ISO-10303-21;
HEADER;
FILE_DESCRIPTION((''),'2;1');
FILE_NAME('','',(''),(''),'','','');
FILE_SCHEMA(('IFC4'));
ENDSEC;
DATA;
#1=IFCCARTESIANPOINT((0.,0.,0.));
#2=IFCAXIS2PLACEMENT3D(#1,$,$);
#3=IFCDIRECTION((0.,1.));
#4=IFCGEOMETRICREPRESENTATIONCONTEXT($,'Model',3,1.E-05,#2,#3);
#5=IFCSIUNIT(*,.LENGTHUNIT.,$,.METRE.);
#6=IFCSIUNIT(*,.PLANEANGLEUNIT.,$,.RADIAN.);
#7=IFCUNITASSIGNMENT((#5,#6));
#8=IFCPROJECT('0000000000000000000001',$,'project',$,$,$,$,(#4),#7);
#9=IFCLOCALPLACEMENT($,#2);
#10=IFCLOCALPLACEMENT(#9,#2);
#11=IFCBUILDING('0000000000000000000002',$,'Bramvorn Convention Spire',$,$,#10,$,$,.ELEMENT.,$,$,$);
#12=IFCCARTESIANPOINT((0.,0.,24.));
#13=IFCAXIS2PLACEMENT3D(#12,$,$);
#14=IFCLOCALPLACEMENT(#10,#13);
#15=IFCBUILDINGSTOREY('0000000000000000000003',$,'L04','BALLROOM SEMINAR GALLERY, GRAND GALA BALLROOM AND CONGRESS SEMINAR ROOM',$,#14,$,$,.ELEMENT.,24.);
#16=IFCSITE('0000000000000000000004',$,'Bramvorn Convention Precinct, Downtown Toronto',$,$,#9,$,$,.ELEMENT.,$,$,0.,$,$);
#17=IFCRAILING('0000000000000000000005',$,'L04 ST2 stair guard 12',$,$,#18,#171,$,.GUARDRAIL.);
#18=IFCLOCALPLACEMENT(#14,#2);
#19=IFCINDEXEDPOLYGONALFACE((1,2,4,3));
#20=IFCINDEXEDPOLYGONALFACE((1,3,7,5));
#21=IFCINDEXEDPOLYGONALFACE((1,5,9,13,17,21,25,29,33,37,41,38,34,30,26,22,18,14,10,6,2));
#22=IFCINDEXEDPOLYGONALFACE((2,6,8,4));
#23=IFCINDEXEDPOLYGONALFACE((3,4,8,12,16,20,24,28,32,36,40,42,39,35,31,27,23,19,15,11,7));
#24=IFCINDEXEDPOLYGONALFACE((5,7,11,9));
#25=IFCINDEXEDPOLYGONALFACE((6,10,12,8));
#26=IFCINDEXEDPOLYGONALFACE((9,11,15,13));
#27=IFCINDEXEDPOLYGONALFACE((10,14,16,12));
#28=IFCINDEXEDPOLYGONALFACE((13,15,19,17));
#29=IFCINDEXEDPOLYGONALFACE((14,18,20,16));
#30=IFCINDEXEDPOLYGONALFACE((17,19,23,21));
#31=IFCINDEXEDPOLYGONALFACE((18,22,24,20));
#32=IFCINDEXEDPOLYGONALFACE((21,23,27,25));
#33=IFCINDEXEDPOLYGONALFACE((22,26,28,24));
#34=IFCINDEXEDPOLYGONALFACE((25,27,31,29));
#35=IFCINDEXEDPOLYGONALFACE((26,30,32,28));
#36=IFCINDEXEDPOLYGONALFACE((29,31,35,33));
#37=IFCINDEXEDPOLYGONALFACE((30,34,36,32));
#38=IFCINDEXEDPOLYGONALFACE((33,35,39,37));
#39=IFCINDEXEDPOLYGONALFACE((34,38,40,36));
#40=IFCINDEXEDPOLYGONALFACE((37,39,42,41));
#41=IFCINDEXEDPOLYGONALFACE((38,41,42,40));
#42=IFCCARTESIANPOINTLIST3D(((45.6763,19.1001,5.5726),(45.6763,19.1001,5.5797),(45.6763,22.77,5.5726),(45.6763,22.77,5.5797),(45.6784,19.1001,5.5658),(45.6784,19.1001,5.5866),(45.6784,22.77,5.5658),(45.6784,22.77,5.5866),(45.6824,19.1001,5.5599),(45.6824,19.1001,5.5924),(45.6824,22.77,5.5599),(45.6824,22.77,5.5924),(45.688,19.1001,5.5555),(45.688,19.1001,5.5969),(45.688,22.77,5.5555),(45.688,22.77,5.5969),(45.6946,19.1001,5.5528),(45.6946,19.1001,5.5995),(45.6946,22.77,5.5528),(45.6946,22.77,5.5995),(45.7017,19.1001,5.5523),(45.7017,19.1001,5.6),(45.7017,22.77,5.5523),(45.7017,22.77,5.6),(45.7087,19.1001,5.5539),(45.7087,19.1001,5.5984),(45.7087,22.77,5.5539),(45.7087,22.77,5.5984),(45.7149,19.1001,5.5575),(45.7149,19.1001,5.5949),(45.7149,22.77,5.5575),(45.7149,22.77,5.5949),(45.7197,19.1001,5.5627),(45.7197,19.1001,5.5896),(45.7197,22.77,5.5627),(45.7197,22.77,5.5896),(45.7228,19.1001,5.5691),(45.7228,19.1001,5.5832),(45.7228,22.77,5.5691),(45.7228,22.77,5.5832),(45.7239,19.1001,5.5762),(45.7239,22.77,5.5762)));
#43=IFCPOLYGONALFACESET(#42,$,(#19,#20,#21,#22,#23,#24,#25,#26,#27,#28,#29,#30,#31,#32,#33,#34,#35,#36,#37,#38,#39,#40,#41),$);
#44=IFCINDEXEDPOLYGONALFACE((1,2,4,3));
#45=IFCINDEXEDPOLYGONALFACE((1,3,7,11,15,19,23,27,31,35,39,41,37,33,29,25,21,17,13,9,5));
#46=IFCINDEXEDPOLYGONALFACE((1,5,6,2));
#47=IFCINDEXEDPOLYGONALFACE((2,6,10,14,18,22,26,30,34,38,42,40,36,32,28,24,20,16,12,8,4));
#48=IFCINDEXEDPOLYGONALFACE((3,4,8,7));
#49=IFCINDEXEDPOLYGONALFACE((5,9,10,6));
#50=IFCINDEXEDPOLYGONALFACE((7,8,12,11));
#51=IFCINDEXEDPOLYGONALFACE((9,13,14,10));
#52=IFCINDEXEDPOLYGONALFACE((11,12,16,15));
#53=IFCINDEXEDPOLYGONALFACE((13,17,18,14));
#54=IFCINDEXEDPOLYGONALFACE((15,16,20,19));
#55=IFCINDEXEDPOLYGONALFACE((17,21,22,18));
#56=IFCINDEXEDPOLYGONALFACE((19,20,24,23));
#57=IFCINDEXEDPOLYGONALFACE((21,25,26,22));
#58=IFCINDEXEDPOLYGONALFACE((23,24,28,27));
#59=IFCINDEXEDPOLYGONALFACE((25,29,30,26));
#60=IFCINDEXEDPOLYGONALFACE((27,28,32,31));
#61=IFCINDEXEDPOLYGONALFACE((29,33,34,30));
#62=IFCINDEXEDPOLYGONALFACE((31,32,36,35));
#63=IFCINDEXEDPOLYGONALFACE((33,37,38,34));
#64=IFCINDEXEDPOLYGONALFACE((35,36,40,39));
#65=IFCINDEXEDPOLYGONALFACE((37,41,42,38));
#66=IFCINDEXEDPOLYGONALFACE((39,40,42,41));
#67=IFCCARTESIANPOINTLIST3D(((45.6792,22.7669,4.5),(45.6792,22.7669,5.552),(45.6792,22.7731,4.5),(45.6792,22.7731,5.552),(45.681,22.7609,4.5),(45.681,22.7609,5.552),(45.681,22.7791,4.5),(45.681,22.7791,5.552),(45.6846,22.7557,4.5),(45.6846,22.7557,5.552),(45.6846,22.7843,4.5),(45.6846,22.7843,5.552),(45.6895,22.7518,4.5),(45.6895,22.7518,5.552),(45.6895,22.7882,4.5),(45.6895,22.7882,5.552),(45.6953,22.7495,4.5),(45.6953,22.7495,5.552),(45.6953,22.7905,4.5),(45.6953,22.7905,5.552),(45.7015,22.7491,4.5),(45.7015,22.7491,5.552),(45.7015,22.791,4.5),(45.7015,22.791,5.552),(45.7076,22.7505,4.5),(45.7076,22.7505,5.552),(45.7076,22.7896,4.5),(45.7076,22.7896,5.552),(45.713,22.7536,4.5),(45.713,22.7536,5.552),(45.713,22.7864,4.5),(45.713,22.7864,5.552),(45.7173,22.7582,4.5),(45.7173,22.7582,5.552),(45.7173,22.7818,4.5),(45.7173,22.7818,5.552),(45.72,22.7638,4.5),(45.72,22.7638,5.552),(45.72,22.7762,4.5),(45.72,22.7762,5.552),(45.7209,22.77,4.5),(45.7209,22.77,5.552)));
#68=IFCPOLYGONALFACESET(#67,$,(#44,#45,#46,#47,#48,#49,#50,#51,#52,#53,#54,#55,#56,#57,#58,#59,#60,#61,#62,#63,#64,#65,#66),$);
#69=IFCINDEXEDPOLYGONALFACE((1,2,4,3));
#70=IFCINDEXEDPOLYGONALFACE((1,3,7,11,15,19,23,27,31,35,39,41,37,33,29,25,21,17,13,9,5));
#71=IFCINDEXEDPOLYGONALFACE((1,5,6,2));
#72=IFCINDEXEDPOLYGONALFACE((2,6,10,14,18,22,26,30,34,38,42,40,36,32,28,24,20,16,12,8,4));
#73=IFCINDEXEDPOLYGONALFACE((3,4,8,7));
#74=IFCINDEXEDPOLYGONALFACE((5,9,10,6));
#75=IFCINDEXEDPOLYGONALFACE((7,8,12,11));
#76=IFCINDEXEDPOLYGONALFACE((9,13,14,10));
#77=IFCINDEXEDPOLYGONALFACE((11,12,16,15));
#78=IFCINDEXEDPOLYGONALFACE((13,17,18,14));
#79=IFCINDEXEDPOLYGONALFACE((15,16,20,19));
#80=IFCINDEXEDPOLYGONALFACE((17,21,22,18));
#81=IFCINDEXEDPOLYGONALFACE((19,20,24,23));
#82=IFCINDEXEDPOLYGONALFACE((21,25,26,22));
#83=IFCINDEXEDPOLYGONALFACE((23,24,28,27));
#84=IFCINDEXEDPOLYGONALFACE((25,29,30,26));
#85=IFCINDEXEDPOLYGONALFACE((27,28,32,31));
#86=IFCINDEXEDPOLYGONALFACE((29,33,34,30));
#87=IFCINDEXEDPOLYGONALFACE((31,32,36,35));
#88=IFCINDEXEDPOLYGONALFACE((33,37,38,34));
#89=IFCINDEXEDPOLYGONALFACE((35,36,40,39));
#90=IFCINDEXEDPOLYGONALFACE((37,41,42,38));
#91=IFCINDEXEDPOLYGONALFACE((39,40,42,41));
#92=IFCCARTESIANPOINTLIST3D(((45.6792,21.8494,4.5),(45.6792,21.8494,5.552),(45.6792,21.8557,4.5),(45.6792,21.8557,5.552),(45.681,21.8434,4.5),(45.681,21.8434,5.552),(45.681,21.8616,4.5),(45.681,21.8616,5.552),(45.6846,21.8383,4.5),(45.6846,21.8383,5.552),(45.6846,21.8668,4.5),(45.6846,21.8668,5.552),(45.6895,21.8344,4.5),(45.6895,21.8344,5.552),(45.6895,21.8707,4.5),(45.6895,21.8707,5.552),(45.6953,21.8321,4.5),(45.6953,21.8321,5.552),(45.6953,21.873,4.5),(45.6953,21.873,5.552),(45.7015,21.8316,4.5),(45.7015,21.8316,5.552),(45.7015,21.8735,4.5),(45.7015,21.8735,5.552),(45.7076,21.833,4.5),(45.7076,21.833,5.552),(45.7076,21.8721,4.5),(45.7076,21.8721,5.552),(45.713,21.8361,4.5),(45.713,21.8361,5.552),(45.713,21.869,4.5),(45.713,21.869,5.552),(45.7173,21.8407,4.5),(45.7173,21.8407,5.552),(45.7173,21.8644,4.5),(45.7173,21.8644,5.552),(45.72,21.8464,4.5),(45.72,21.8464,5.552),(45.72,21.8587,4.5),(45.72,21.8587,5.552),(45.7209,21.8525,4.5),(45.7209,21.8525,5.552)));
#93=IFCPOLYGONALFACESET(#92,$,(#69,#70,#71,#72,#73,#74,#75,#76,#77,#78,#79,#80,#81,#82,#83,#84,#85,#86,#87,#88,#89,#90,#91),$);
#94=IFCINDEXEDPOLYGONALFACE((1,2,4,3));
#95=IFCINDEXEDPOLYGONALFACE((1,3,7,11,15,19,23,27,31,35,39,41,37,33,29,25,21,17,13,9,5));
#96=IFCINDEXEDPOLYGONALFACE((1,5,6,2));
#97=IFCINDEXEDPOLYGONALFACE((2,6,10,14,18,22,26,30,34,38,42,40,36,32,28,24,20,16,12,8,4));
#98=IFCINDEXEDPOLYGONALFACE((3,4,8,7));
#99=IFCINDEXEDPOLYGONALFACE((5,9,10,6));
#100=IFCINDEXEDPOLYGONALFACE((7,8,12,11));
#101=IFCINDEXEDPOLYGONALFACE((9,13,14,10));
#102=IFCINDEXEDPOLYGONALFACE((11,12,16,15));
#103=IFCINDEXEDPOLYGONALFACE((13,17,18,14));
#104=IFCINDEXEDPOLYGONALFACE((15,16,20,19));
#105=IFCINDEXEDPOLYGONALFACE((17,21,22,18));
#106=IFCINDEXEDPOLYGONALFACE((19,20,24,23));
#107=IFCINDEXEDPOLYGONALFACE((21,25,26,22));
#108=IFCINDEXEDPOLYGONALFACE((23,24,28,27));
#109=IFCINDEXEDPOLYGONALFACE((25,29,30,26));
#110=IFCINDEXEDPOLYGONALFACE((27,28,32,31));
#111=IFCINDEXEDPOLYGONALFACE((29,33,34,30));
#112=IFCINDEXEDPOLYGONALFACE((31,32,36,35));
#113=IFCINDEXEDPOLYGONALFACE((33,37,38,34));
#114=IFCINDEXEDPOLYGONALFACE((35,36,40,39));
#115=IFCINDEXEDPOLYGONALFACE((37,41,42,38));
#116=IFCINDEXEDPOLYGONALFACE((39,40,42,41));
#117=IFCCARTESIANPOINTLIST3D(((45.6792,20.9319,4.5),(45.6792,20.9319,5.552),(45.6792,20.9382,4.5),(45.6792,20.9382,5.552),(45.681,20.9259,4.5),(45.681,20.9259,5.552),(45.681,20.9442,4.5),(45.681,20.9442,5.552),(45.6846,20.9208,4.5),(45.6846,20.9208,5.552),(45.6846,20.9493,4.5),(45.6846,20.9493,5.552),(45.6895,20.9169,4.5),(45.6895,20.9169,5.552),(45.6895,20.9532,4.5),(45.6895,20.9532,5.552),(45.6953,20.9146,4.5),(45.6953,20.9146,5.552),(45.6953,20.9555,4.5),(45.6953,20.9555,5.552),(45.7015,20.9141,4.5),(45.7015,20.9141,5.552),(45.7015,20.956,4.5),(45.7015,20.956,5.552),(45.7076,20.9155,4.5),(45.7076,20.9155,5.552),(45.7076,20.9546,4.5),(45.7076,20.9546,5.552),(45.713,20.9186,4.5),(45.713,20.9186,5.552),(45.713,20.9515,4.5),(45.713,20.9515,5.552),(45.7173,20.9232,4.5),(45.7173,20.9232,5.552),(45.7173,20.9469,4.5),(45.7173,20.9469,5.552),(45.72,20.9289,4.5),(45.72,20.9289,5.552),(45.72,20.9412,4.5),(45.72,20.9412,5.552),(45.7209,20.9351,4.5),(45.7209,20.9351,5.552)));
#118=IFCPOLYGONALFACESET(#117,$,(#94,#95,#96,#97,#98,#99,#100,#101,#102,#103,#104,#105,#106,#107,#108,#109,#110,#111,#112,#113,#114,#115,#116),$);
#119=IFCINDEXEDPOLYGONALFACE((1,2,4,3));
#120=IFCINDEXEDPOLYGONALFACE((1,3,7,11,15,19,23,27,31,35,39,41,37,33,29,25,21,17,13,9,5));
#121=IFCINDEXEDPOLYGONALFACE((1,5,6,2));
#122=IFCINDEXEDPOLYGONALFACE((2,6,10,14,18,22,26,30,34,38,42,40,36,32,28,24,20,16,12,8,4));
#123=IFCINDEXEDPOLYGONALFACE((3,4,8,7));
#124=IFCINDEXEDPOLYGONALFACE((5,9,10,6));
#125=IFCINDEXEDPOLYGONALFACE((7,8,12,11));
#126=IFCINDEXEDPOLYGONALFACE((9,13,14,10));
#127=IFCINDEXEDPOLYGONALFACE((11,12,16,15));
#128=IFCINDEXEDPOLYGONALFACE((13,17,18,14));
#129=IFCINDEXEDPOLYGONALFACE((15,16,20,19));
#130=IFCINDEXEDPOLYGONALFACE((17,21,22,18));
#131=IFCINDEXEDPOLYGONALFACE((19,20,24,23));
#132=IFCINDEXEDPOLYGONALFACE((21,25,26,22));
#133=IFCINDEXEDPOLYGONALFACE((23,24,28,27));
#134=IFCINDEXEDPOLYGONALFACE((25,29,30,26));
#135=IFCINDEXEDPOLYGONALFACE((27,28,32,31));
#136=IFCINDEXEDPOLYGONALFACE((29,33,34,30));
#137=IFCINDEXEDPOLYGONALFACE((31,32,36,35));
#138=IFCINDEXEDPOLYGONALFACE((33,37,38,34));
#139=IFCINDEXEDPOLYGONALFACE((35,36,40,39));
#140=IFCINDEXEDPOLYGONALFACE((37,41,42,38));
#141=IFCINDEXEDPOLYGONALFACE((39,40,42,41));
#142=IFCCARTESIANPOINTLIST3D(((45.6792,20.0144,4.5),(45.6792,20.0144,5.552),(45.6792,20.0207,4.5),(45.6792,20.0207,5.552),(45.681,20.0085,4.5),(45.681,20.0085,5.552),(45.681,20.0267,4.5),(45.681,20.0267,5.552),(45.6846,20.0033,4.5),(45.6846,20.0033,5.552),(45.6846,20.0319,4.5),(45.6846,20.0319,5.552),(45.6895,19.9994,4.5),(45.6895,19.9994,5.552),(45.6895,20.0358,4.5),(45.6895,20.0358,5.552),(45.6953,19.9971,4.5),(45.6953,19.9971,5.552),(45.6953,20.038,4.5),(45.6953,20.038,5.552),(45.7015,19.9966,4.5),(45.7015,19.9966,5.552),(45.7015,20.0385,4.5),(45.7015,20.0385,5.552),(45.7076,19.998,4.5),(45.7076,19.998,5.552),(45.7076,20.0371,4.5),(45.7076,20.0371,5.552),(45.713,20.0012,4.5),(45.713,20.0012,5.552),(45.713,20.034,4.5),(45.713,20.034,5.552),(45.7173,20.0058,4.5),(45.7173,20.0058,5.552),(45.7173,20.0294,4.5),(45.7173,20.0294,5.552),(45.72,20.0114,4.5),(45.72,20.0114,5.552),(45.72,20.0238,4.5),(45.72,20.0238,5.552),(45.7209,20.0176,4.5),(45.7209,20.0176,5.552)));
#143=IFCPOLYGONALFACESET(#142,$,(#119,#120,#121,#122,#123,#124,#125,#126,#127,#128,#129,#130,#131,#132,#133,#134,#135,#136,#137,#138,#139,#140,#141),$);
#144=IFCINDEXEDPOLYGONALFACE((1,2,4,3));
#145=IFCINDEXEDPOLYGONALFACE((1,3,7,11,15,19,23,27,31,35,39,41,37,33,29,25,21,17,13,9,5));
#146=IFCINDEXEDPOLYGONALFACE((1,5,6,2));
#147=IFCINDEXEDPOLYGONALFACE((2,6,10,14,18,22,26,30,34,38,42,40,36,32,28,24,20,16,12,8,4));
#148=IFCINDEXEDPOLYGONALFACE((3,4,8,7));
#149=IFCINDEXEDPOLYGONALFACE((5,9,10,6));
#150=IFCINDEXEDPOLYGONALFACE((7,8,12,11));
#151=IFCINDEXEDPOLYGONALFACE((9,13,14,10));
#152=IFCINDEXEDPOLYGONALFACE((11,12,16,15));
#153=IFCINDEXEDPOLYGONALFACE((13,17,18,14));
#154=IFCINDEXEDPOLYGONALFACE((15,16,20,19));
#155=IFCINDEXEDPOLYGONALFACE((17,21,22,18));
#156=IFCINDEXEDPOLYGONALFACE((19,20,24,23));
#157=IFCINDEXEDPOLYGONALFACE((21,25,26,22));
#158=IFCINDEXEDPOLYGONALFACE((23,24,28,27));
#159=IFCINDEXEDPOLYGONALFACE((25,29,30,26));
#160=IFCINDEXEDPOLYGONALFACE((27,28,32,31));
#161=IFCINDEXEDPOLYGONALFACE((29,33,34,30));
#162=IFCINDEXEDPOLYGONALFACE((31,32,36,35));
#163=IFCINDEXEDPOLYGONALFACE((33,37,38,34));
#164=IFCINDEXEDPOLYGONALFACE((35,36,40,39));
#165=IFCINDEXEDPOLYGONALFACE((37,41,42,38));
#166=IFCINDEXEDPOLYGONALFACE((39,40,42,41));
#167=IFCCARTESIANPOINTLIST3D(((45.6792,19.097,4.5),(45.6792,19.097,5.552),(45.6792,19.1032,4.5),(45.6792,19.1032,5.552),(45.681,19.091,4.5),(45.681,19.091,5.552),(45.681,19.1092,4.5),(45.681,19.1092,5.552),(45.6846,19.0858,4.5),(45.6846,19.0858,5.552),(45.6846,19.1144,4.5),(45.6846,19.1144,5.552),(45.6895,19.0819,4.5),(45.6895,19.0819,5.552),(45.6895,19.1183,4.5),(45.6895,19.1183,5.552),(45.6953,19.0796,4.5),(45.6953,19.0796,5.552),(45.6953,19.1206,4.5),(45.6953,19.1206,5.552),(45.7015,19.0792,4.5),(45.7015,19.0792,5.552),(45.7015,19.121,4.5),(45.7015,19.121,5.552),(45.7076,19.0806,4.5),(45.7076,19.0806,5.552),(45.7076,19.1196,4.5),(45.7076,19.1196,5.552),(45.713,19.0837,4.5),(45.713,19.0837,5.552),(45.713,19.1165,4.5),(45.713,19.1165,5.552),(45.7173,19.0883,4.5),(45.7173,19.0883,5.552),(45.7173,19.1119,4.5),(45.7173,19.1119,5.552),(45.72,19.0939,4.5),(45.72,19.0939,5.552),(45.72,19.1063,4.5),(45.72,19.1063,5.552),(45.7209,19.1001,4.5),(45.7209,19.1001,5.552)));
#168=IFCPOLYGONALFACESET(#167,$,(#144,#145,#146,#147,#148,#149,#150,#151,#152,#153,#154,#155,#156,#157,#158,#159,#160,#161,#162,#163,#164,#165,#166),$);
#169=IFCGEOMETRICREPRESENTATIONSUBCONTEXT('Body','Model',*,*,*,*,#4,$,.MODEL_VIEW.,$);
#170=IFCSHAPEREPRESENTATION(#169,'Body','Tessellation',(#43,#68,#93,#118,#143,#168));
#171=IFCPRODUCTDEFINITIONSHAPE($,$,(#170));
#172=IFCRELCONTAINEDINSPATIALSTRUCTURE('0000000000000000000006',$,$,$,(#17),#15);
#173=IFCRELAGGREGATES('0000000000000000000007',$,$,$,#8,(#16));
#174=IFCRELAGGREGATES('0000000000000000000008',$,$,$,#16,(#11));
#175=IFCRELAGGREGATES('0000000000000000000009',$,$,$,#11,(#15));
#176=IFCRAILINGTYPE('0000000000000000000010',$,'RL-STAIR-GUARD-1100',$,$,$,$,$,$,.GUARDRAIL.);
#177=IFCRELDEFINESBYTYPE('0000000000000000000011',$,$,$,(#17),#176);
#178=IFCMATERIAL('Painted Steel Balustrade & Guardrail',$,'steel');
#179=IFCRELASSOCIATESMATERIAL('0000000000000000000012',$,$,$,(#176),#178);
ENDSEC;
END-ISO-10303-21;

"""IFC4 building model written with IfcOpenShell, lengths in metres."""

from ifc_helpers import new_model, si_unit, direction, frame, origin, origin_2d, place, context, subcontext, project, spatial, circle, extrude, material, type_object, element, save


model = new_model("IFC4")

# Units and contexts
model_context = context("Model", 3, precision=1e-05, world=origin(), true_north=direction((0.0, 1.0)))
body_context = subcontext(model_context, "Body", "Model", "MODEL_VIEW")
ifc_project = project(units=[si_unit("LENGTHUNIT", "METRE"), si_unit("PLANEANGLEUNIT", "RADIAN")], contexts=[model_context])

# Site, building, storey
site_placement = place(None, origin())
site = spatial("IfcSite", under=ifc_project, at=site_placement, Name="Bramvorn Convention Precinct, Downtown Toronto", CompositionType="ELEMENT", RefElevation=0.0)
building_placement = place(site_placement, origin())
building = spatial("IfcBuilding", under=site, at=building_placement, Name="Bramvorn Convention Spire", CompositionType="ELEMENT")
storey_placement = place(building_placement, frame((0.0, 0.0, 24.0)))
storey = spatial("IfcBuildingStorey", under=building, at=storey_placement, Name="L04", Description="BALLROOM SEMINAR GALLERY, GRAND GALA BALLROOM AND CONGRESS SEMINAR ROOM", CompositionType="ELEMENT", Elevation=24.0)

# Railing
ifc_material_1 = material(Name="Painted Steel Balustrade & Guardrail", Category="steel")
railing_type_1 = type_object("IfcRailingType", Name="RL-STAIR-GUARD-1100", PredefinedType="GUARDRAIL", material=ifc_material_1)
for number, where, name in (
    (1, (45.7, 22.77, 4.5), "L04 ST2 stair guard 12"),
):
    element("IfcRailing", number, at=place(storey_placement, frame(where)), inside=storey, type_object=railing_type_1, Name=name, PredefinedType="GUARDRAIL", context=body_context, shape_type="SweptSolid", body=[
        extrude(circle(Radius=0.0239, at=origin_2d()), frame((0.0, 0.0, 1.0762), z_axis=(0.0, -1.0, 0.0), x_axis=(1.0, 0.0, 0.0)), (0.0, 0.0, 1.0), 3.6699),
        extrude(circle(Radius=0.021, at=origin_2d()), origin(), (0.0, 0.0, 1.0), 1.052),
        extrude(circle(Radius=0.021, at=origin_2d()), frame((0.0, -0.9175, 0.0)), (0.0, 0.0, 1.0), 1.052),
        extrude(circle(Radius=0.021, at=origin_2d()), frame((0.0, -1.835, 0.0)), (0.0, 0.0, 1.0), 1.052),
        extrude(circle(Radius=0.021, at=origin_2d()), frame((0.0, -2.7524, 0.0)), (0.0, 0.0, 1.0), 1.052),
        extrude(circle(Radius=0.021, at=origin_2d()), frame((0.0, -3.6699, 0.0)), (0.0, 0.0, 1.0), 1.052),
    ])

save(model, "model.ifc")
